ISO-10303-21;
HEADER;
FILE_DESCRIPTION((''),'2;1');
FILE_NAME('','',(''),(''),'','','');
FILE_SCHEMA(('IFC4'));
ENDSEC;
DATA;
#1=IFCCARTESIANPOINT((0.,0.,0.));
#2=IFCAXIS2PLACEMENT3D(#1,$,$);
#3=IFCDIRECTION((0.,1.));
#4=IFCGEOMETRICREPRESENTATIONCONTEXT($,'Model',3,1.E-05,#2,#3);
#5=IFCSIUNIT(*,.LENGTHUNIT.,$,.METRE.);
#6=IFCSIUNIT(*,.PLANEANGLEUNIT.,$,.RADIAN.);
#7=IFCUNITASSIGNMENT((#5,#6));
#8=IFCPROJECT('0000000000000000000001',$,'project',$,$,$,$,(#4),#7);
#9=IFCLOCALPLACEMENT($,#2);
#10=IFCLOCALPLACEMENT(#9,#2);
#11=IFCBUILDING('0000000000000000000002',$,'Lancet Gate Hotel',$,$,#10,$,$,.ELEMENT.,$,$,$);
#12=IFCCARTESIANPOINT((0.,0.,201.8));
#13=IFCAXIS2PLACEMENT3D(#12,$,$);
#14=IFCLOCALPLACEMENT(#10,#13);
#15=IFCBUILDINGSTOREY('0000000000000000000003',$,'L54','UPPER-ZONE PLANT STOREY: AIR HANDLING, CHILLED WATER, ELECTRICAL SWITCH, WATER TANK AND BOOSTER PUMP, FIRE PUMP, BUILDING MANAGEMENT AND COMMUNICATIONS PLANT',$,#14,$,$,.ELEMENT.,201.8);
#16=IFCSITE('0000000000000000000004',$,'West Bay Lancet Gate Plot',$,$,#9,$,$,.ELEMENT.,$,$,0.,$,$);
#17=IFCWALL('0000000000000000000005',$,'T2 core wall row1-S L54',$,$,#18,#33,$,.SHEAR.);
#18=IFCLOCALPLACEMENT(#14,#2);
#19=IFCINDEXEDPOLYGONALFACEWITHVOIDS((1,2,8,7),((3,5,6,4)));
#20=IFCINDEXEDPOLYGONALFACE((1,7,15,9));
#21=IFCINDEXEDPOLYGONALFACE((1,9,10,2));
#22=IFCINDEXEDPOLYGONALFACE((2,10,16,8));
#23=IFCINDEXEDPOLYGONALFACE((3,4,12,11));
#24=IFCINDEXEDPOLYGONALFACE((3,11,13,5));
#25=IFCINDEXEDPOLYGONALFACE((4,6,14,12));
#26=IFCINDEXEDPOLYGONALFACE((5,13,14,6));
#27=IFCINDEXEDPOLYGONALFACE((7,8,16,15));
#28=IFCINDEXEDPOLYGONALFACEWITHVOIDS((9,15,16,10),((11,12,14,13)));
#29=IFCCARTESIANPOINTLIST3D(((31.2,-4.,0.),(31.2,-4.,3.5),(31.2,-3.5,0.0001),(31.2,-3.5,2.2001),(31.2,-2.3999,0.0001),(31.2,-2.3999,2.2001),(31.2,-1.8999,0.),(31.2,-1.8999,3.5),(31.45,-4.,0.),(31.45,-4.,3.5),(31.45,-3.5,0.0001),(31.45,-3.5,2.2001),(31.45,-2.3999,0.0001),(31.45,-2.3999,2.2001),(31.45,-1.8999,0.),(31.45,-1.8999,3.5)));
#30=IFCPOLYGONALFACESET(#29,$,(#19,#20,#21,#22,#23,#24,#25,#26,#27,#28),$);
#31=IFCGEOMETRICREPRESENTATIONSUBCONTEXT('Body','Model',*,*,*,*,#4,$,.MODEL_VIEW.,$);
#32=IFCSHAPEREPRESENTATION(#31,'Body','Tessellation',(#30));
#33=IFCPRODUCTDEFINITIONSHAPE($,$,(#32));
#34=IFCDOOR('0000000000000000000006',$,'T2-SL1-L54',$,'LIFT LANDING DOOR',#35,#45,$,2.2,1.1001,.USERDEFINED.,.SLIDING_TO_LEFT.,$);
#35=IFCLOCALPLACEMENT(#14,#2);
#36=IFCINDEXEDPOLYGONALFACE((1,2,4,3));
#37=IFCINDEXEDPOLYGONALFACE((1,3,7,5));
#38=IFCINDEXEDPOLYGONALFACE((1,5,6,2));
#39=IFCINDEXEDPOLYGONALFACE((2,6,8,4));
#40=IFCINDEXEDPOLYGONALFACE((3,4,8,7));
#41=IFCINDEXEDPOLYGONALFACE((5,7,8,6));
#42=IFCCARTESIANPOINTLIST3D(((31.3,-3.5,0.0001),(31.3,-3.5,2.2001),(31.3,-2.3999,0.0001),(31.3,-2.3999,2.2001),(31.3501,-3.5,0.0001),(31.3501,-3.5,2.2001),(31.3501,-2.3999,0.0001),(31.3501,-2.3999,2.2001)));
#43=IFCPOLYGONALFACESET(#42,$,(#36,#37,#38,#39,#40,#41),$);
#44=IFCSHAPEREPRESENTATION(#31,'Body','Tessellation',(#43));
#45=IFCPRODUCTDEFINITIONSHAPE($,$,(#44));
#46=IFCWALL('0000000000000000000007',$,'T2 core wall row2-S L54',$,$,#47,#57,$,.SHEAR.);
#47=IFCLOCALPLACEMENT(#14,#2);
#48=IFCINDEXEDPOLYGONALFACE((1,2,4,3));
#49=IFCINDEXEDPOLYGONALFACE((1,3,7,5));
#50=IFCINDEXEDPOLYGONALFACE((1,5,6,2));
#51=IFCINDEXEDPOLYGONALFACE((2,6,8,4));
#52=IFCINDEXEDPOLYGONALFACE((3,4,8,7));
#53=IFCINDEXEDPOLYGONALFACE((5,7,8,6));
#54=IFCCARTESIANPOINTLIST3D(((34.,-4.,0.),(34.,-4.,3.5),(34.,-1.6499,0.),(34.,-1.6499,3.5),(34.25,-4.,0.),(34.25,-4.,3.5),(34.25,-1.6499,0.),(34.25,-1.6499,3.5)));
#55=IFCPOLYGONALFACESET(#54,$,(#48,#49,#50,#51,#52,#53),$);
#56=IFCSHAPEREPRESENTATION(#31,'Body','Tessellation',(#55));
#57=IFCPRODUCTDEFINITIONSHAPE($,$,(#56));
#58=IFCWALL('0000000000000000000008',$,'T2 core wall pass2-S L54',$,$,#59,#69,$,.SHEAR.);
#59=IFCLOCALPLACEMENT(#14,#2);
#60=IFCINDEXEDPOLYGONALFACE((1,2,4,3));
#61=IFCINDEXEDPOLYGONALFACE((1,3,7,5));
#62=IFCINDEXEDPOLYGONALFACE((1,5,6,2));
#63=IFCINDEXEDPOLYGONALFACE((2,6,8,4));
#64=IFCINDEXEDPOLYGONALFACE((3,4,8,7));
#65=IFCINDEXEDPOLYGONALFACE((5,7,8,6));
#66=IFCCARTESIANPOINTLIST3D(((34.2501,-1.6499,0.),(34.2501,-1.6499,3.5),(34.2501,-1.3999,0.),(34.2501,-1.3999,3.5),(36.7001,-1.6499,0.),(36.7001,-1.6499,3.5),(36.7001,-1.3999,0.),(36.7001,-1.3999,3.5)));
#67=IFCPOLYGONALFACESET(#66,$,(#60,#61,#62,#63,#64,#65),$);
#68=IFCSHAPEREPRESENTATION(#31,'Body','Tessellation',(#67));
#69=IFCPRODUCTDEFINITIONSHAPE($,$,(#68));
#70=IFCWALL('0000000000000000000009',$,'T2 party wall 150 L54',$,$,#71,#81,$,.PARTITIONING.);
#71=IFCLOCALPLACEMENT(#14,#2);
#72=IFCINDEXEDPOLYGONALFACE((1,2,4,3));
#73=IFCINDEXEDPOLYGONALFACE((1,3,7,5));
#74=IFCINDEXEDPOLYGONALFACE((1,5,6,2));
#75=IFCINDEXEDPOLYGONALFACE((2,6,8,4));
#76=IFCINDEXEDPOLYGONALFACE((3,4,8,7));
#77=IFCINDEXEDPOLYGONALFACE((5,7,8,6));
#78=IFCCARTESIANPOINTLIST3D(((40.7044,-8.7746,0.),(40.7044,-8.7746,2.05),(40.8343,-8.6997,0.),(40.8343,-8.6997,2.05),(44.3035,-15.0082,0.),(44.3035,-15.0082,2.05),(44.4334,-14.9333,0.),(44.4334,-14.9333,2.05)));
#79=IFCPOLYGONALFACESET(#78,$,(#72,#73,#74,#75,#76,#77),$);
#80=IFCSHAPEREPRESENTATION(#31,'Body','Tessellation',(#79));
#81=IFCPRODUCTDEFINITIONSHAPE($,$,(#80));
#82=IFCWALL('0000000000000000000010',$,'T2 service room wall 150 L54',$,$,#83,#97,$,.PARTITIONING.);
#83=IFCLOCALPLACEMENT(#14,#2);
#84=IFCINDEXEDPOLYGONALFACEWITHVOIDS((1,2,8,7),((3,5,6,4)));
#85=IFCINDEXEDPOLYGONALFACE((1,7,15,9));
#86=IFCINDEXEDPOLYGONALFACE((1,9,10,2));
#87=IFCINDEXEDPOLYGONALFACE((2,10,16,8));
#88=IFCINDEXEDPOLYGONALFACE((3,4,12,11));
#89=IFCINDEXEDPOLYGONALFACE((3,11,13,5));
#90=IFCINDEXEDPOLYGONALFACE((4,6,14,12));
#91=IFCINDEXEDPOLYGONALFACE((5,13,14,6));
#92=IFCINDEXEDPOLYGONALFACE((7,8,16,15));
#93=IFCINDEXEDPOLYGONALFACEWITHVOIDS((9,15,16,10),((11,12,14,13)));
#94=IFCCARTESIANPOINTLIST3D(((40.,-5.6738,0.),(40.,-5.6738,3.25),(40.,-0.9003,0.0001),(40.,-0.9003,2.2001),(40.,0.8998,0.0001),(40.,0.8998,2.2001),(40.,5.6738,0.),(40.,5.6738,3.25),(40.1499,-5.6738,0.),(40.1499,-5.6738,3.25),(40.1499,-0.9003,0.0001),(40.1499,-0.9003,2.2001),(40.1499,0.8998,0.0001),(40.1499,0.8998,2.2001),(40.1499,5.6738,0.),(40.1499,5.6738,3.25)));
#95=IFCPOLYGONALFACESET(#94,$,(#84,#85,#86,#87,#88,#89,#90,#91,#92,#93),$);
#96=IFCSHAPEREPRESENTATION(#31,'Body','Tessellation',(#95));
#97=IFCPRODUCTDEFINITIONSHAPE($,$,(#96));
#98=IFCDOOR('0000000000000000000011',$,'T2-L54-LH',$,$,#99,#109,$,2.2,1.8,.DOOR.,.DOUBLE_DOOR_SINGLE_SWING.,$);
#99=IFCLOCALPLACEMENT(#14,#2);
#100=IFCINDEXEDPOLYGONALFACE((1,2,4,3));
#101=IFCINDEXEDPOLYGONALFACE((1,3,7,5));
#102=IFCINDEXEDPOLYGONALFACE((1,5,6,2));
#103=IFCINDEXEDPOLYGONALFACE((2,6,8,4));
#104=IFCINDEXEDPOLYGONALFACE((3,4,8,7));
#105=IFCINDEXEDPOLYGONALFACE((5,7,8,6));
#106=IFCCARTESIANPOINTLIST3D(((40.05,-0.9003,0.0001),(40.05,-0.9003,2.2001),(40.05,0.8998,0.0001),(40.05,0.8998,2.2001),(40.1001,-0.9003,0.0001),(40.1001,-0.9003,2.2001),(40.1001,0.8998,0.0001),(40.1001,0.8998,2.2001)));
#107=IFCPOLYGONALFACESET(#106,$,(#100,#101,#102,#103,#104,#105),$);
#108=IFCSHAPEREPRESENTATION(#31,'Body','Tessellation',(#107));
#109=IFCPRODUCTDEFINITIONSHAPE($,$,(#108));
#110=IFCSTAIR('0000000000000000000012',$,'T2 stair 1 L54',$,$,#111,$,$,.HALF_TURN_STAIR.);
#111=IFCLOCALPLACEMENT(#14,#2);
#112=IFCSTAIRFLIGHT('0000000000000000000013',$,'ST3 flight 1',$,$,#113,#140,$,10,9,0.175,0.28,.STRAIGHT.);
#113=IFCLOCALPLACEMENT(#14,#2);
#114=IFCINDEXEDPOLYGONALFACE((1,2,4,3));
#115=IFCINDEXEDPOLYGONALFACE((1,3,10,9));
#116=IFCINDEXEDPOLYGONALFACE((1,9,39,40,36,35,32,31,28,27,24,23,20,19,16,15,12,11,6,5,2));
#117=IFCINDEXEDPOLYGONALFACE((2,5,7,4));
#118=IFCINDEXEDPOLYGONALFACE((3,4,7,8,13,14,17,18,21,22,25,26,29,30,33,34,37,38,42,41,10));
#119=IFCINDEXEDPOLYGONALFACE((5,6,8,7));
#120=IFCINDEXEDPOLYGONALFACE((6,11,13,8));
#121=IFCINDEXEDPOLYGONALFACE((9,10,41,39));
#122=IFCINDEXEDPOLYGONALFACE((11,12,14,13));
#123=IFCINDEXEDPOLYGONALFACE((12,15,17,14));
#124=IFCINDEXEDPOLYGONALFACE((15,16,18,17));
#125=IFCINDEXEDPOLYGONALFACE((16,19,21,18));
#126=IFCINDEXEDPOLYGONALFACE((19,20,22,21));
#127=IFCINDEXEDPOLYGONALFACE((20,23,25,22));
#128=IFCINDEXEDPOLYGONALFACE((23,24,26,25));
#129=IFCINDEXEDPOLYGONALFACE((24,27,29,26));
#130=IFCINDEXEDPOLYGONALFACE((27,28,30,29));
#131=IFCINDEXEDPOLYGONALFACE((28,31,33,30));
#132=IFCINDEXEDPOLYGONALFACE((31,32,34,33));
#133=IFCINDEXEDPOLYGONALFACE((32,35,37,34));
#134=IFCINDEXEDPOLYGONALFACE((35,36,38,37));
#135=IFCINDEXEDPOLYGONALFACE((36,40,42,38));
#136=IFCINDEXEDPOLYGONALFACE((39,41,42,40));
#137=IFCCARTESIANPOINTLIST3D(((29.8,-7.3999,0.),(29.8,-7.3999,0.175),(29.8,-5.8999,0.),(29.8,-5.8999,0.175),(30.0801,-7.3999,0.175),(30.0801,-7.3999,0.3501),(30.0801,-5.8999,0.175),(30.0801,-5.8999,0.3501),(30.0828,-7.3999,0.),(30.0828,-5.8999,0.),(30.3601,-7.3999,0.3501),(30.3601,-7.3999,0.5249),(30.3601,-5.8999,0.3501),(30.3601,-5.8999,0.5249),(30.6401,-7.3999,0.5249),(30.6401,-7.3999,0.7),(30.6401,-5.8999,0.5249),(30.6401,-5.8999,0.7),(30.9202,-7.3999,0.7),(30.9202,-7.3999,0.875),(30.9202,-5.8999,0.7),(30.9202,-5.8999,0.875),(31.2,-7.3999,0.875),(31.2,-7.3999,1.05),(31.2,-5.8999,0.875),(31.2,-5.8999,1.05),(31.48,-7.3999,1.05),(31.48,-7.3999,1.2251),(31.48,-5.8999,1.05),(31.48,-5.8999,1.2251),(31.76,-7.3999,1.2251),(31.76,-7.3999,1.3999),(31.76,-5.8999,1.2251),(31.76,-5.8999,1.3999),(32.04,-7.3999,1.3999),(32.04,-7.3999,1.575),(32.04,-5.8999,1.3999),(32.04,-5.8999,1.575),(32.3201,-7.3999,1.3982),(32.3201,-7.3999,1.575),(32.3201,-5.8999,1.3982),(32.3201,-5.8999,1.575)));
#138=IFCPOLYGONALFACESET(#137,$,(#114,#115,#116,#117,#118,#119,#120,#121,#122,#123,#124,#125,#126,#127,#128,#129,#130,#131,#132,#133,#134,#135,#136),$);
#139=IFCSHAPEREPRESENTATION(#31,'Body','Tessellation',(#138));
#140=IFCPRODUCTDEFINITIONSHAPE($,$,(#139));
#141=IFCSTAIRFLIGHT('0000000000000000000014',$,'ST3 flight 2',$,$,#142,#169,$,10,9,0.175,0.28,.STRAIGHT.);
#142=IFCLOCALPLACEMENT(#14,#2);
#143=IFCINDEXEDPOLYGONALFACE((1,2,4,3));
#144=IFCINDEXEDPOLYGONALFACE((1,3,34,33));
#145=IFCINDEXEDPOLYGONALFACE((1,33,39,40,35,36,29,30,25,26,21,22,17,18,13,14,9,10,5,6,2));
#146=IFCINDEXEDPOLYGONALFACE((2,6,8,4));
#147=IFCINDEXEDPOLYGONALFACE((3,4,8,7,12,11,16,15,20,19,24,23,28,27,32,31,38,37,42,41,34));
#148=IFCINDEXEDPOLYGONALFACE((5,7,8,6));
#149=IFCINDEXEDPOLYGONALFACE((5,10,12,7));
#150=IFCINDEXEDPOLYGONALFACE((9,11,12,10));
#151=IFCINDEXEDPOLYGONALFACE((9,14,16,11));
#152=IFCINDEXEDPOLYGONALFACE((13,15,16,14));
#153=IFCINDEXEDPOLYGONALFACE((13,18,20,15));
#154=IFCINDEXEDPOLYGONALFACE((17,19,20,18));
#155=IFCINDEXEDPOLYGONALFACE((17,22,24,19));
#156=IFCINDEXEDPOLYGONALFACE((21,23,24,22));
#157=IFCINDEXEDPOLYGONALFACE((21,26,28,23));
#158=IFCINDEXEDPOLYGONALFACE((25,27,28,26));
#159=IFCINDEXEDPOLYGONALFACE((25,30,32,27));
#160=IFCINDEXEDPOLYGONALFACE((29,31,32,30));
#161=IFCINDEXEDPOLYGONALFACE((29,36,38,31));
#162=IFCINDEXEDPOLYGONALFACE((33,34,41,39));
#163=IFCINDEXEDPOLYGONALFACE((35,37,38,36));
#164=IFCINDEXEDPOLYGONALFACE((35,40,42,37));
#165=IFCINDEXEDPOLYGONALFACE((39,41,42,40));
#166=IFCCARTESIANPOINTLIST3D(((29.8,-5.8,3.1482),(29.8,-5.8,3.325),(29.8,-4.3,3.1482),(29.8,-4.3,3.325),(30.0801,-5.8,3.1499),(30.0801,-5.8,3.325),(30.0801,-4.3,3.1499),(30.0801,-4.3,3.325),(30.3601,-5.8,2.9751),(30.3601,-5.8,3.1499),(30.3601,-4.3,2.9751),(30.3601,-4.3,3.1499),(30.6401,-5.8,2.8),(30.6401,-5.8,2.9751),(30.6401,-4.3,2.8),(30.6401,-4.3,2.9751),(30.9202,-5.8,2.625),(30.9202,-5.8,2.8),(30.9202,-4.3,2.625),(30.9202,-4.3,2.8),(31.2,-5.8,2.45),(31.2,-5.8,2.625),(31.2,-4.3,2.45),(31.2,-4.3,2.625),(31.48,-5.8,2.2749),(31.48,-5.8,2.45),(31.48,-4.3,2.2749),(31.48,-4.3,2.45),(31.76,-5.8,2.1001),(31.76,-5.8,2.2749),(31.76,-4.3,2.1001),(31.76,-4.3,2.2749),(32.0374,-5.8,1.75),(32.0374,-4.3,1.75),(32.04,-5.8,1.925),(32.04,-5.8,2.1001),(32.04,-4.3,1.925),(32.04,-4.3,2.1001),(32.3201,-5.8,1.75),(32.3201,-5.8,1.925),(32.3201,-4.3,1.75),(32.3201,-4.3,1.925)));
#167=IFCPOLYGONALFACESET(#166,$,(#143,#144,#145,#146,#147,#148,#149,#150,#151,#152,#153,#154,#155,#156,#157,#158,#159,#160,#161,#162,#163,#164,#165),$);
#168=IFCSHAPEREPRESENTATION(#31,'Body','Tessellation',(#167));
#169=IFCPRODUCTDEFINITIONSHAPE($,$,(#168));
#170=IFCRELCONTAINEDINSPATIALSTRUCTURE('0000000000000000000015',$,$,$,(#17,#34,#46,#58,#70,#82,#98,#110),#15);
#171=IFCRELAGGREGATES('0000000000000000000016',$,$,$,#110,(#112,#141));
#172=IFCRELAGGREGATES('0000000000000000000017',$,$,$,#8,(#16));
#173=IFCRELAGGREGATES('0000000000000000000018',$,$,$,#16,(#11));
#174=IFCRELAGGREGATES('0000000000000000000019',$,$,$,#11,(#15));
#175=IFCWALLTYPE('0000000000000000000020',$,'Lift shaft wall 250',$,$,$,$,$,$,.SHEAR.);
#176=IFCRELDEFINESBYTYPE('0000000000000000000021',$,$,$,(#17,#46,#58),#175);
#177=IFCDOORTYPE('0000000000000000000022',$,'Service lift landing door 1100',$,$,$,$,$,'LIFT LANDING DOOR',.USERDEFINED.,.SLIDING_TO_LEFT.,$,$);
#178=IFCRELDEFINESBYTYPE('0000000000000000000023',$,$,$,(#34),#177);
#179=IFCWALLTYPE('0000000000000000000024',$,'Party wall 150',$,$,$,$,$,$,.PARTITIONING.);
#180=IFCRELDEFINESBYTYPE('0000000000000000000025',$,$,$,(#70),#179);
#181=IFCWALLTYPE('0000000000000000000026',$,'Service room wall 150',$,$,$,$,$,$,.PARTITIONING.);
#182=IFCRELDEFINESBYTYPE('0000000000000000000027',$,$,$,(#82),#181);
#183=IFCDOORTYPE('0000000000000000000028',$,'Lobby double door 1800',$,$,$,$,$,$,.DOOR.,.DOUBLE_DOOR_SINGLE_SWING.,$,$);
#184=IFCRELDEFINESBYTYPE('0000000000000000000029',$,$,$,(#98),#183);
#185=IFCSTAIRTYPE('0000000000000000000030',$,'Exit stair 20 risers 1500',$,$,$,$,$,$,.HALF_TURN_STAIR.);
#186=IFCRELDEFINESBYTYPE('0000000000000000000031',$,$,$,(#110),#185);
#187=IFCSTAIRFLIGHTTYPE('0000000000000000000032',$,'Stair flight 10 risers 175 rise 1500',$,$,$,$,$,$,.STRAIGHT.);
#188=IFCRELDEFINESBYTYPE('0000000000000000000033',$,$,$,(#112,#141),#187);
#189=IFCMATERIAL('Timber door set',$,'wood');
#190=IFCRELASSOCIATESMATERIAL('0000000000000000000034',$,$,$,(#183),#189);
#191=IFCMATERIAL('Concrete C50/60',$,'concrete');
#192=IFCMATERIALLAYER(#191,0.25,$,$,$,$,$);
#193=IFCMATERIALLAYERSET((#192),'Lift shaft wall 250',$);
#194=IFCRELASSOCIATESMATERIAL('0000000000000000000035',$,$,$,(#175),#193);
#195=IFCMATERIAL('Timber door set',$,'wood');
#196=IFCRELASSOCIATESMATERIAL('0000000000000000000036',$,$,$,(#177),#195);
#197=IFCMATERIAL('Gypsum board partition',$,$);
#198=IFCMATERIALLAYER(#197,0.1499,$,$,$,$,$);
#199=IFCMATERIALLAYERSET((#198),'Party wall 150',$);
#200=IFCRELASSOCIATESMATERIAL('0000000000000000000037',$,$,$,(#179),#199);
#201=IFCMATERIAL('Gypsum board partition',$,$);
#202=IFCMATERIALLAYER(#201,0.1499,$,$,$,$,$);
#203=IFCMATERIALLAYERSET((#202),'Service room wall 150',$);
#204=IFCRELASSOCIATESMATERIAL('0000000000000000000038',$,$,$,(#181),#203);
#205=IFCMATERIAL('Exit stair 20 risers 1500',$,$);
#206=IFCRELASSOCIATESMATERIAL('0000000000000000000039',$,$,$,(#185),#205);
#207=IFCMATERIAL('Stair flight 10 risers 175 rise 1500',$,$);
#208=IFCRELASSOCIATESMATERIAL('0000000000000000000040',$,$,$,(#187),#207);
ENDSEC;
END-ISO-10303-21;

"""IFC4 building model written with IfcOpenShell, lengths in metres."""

from ifc_helpers import new_model, si_unit, direction, frame, frame_2d, origin, place, context, subcontext, project, spatial, polyline, rectangle, outline, extrude, material, layer, layer_set, type_object, element, fill, aggregate, save


model = new_model("IFC4")

# Units and contexts
model_context = context("Model", 3, precision=1e-05, world=origin(), true_north=direction((0.0, 1.0)))
body_context = subcontext(model_context, "Body", "Model", "MODEL_VIEW")
ifc_project = project(units=[si_unit("LENGTHUNIT", "METRE"), si_unit("PLANEANGLEUNIT", "RADIAN")], contexts=[model_context])

# Site, building, storey
site_placement = place(None, origin())
site = spatial("IfcSite", under=ifc_project, at=site_placement, Name="West Bay Lancet Gate Plot", CompositionType="ELEMENT", RefElevation=0.0)
building_placement = place(site_placement, origin())
building = spatial("IfcBuilding", under=site, at=building_placement, Name="Lancet Gate Hotel", CompositionType="ELEMENT")
storey_placement = place(building_placement, frame((0.0, 0.0, 201.8)))
storey = spatial("IfcBuildingStorey", under=building, at=storey_placement, Name="L54", Description="UPPER-ZONE PLANT STOREY: AIR HANDLING, CHILLED WATER, ELECTRICAL SWITCH, WATER TANK AND BOOSTER PUMP, FIRE PUMP, BUILDING MANAGEMENT AND COMMUNICATIONS PLANT", CompositionType="ELEMENT", Elevation=201.8)

# Wall, opening, door
ifc_material_1 = material(Name="Timber door set", Category="wood")
door_type_1 = type_object("IfcDoorType", Name="Lobby double door 1800", OperationType="DOUBLE_DOOR_SINGLE_SWING", PredefinedType="DOOR", material=ifc_material_1)
ifc_material_2 = material(Name="Concrete C50/60", Category="concrete")
ifc_layer_1 = layer(ifc_material_2, 0.25)
ifc_layer_set_1 = layer_set([ifc_layer_1], Name="Lift shaft wall 250")
wall_type_1 = type_object("IfcWallType", Name="Lift shaft wall 250", PredefinedType="SHEAR", material=ifc_layer_set_1)
wall_1_placement = place(storey_placement, frame((31.325, -4.0, 0.0), z_axis=(0.0, 0.0, 1.0), x_axis=(0.0, 1.0, 0.0)))
wall_1 = element("IfcWall", 1, at=wall_1_placement, inside=storey, type_object=wall_type_1, Name="T2 core wall row1-S L54", PredefinedType="SHEAR", context=body_context, shape_type="SweptSolid", body=[
    extrude(rectangle(XDim=2.1001, YDim=0.25, at=frame_2d((1.05, 0.0))), origin(), (0.0, 0.0, 1.0), 3.5),
])
opening_1_placement = place(wall_1_placement, frame((0.5, 0.0, 0.0)))
opening_1 = element("IfcOpeningElement", 2, at=opening_1_placement, cuts=wall_1, PredefinedType="OPENING", context=body_context, shape_type="SweptSolid", body=[
    extrude(rectangle(XDim=1.1001, YDim=2.2, at=frame_2d((0.55, 1.1001))), frame((0.0, 0.135, 0.0), z_axis=(0.0, -1.0, 0.0), x_axis=(1.0, 0.0, 0.0)), (0.0, 0.0, 1.0), 0.27),
])
ifc_material_3 = material(Name="Timber door set", Category="wood")
door_type_2 = type_object("IfcDoorType", Name="Service lift landing door 1100", ElementType="LIFT LANDING DOOR", OperationType="SLIDING_TO_LEFT", PredefinedType="USERDEFINED", material=ifc_material_3)
door_1_placement = place(opening_1_placement, origin())
door_1 = element("IfcDoor", 3, at=door_1_placement, inside=storey, type_object=door_type_2, Name="T2-SL1-L54", ObjectType="LIFT LANDING DOOR", OperationType="SLIDING_TO_LEFT", OverallHeight=2.2, OverallWidth=1.1001, PredefinedType="USERDEFINED", context=body_context, shape_type="SweptSolid", body=[
    extrude(rectangle(XDim=1.1001, YDim=2.2, at=frame_2d((0.55, 1.1001))), frame((0.0, 0.0249, 0.0), z_axis=(0.0, -1.0, 0.0), x_axis=(1.0, 0.0, 0.0)), (0.0, 0.0, 1.0), 0.05),
])
fill(opening_1, door_1)

# Walls
wall_2_placement = place(storey_placement, frame((34.125, -4.0, 0.0), z_axis=(0.0, 0.0, 1.0), x_axis=(0.0, 1.0, 0.0)))
element("IfcWall", 4, at=wall_2_placement, inside=storey, type_object=wall_type_1, Name="T2 core wall row2-S L54", PredefinedType="SHEAR", context=body_context, shape_type="SweptSolid", body=[
    extrude(rectangle(XDim=2.3501, YDim=0.25, at=frame_2d((1.175, 0.0))), origin(), (0.0, 0.0, 1.0), 3.5),
])
wall_3_placement = place(storey_placement, frame((34.25, -1.5249, 0.0), z_axis=(0.0, 0.0, 1.0), x_axis=(1.0, 0.0, 0.0)))
element("IfcWall", 5, at=wall_3_placement, inside=storey, type_object=wall_type_1, Name="T2 core wall pass2-S L54", PredefinedType="SHEAR", context=body_context, shape_type="SweptSolid", body=[
    extrude(rectangle(XDim=2.45, YDim=0.25, at=frame_2d((1.2251, 0.0))), origin(), (0.0, 0.0, 1.0), 3.5),
])
ifc_material_4 = material(Name="Gypsum board partition")
ifc_layer_2 = layer(ifc_material_4, 0.1499)
ifc_layer_set_2 = layer_set([ifc_layer_2], Name="Party wall 150")
wall_type_2 = type_object("IfcWallType", Name="Party wall 150", PredefinedType="PARTITIONING", material=ifc_layer_set_2)
wall_4_placement = place(storey_placement, frame((40.7693, -8.7371, 0.0), z_axis=(0.0, 0.0, 1.0), x_axis=(0.500013, -0.866018, 0.0)))
element("IfcWall", 6, at=wall_4_placement, inside=storey, type_object=wall_type_2, Name="T2 party wall 150 L54", PredefinedType="PARTITIONING", context=body_context, shape_type="SweptSolid", body=[
    extrude(rectangle(XDim=7.198, YDim=0.1499, at=frame_2d((3.5991, 0.0))), origin(), (0.0, 0.0, 1.0), 2.05),
])

# Wall, opening, door
ifc_material_5 = material(Name="Gypsum board partition")
ifc_layer_3 = layer(ifc_material_5, 0.1499)
ifc_layer_set_3 = layer_set([ifc_layer_3], Name="Service room wall 150")
wall_type_3 = type_object("IfcWallType", Name="Service room wall 150", PredefinedType="PARTITIONING", material=ifc_layer_set_3)
wall_5_placement = place(storey_placement, frame((40.075, -5.6738, 0.0), z_axis=(0.0, 0.0, 1.0), x_axis=(0.0, 1.0, 0.0)))
wall_5 = element("IfcWall", 7, at=wall_5_placement, inside=storey, type_object=wall_type_3, Name="T2 service room wall 150 L54", PredefinedType="PARTITIONING", context=body_context, shape_type="SweptSolid", body=[
    extrude(rectangle(XDim=11.3477, YDim=0.1499, at=frame_2d((5.6738, 0.0))), origin(), (0.0, 0.0, 1.0), 3.25),
])
opening_2_placement = place(wall_5_placement, frame((4.7737, 0.0, 0.0)))
opening_2 = element("IfcOpeningElement", 8, at=opening_2_placement, cuts=wall_5, PredefinedType="OPENING", context=body_context, shape_type="SweptSolid", body=[
    extrude(rectangle(XDim=1.8, YDim=2.2, at=frame_2d((0.8999, 1.1001))), frame((0.0, 0.085, 0.0), z_axis=(0.0, -1.0, 0.0), x_axis=(1.0, 0.0, 0.0)), (0.0, 0.0, 1.0), 0.1699),
])
door_2_placement = place(opening_2_placement, origin())
door_2 = element("IfcDoor", 9, at=door_2_placement, inside=storey, type_object=door_type_1, Name="T2-L54-LH", OperationType="DOUBLE_DOOR_SINGLE_SWING", OverallHeight=2.2, OverallWidth=1.8, PredefinedType="DOOR", context=body_context, shape_type="SweptSolid", body=[
    extrude(rectangle(XDim=1.8, YDim=2.2, at=frame_2d((0.8999, 1.1001))), frame((0.0, 0.0249, 0.0), z_axis=(0.0, -1.0, 0.0), x_axis=(1.0, 0.0, 0.0)), (0.0, 0.0, 1.0), 0.05),
])
fill(opening_2, door_2)

# Stair, stair flights
ifc_material_6 = material(Name="Exit stair 20 risers 1500")
stair_type = type_object("IfcStairType", Name="Exit stair 20 risers 1500", PredefinedType="HALF_TURN_STAIR", material=ifc_material_6)
stair_placement = place(storey_placement, origin())
stair = element("IfcStair", 10, at=stair_placement, inside=storey, type_object=stair_type, Name="T2 stair 1 L54", PredefinedType="HALF_TURN_STAIR")
ifc_material_7 = material(Name="Stair flight 10 risers 175 rise 1500")
stair_flight_type = type_object("IfcStairFlightType", Name="Stair flight 10 risers 175 rise 1500", PredefinedType="STRAIGHT", material=ifc_material_7)
stair_flight_1_placement = place(storey_placement, frame((29.8, -6.6499, 0.0), z_axis=(0.0, 0.0, 1.0), x_axis=(1.0, 0.0, 0.0)))
stair_flight_1 = element("IfcStairFlight", 11, at=stair_flight_1_placement, type_object=stair_flight_type, Name="ST3 flight 1", NumberOfRisers=10, NumberOfTreads=9, PredefinedType="STRAIGHT", RiserHeight=0.175, TreadLength=0.28, context=body_context, shape_type="SweptSolid", body=[
    extrude(outline(polyline([(0.0, 0.0), (0.0, 0.175), (0.28, 0.175), (0.28, 0.3501), (0.5601, 0.3501), (0.5601, 0.5249), (0.8401, 0.5249), (0.8401, 0.7), (1.1201, 0.7), (1.1201, 0.875), (1.3999, 0.875), (1.3999, 1.05), (1.6799, 1.05), (1.6799, 1.2251), (1.96, 1.2251), (1.96, 1.3999), (2.24, 1.3999), (2.24, 1.575), (2.52, 1.575), (2.52, 1.75), (2.52, 1.3982), (0.2827, 0.0), (0.0, 0.0)])), frame((0.0, 0.75, 0.0), z_axis=(0.0, -1.0, 0.0), x_axis=(1.0, 0.0, 0.0)), (0.0, 0.0, 1.0), 1.5),
])
stair_flight_2_placement = place(storey_placement, frame((32.3201, -5.05, 1.75), z_axis=(0.0, 0.0, 1.0), x_axis=(-1.0, 0.0, 0.0)))
stair_flight_2 = element("IfcStairFlight", 12, at=stair_flight_2_placement, type_object=stair_flight_type, Name="ST3 flight 2", NumberOfRisers=10, NumberOfTreads=9, PredefinedType="STRAIGHT", RiserHeight=0.175, TreadLength=0.28, context=body_context, shape_type="SweptSolid", body=[
    extrude(outline(polyline([(0.0, 0.0), (0.0, 0.175), (0.28, 0.175), (0.28, 0.3501), (0.5601, 0.3501), (0.5601, 0.5249), (0.8401, 0.5249), (0.8401, 0.7), (1.1201, 0.7), (1.1201, 0.875), (1.3999, 0.875), (1.3999, 1.05), (1.6799, 1.05), (1.6799, 1.2251), (1.96, 1.2251), (1.96, 1.3999), (2.24, 1.3999), (2.24, 1.575), (2.52, 1.575), (2.52, 1.75), (2.52, 1.3982), (0.2827, 0.0), (0.0, 0.0)])), frame((0.0, 0.75, 0.0), z_axis=(0.0, -1.0, 0.0), x_axis=(1.0, 0.0, 0.0)), (0.0, 0.0, 1.0), 1.5),
])
aggregate(stair, [stair_flight_1, stair_flight_2])

save(model, "model.ifc")
